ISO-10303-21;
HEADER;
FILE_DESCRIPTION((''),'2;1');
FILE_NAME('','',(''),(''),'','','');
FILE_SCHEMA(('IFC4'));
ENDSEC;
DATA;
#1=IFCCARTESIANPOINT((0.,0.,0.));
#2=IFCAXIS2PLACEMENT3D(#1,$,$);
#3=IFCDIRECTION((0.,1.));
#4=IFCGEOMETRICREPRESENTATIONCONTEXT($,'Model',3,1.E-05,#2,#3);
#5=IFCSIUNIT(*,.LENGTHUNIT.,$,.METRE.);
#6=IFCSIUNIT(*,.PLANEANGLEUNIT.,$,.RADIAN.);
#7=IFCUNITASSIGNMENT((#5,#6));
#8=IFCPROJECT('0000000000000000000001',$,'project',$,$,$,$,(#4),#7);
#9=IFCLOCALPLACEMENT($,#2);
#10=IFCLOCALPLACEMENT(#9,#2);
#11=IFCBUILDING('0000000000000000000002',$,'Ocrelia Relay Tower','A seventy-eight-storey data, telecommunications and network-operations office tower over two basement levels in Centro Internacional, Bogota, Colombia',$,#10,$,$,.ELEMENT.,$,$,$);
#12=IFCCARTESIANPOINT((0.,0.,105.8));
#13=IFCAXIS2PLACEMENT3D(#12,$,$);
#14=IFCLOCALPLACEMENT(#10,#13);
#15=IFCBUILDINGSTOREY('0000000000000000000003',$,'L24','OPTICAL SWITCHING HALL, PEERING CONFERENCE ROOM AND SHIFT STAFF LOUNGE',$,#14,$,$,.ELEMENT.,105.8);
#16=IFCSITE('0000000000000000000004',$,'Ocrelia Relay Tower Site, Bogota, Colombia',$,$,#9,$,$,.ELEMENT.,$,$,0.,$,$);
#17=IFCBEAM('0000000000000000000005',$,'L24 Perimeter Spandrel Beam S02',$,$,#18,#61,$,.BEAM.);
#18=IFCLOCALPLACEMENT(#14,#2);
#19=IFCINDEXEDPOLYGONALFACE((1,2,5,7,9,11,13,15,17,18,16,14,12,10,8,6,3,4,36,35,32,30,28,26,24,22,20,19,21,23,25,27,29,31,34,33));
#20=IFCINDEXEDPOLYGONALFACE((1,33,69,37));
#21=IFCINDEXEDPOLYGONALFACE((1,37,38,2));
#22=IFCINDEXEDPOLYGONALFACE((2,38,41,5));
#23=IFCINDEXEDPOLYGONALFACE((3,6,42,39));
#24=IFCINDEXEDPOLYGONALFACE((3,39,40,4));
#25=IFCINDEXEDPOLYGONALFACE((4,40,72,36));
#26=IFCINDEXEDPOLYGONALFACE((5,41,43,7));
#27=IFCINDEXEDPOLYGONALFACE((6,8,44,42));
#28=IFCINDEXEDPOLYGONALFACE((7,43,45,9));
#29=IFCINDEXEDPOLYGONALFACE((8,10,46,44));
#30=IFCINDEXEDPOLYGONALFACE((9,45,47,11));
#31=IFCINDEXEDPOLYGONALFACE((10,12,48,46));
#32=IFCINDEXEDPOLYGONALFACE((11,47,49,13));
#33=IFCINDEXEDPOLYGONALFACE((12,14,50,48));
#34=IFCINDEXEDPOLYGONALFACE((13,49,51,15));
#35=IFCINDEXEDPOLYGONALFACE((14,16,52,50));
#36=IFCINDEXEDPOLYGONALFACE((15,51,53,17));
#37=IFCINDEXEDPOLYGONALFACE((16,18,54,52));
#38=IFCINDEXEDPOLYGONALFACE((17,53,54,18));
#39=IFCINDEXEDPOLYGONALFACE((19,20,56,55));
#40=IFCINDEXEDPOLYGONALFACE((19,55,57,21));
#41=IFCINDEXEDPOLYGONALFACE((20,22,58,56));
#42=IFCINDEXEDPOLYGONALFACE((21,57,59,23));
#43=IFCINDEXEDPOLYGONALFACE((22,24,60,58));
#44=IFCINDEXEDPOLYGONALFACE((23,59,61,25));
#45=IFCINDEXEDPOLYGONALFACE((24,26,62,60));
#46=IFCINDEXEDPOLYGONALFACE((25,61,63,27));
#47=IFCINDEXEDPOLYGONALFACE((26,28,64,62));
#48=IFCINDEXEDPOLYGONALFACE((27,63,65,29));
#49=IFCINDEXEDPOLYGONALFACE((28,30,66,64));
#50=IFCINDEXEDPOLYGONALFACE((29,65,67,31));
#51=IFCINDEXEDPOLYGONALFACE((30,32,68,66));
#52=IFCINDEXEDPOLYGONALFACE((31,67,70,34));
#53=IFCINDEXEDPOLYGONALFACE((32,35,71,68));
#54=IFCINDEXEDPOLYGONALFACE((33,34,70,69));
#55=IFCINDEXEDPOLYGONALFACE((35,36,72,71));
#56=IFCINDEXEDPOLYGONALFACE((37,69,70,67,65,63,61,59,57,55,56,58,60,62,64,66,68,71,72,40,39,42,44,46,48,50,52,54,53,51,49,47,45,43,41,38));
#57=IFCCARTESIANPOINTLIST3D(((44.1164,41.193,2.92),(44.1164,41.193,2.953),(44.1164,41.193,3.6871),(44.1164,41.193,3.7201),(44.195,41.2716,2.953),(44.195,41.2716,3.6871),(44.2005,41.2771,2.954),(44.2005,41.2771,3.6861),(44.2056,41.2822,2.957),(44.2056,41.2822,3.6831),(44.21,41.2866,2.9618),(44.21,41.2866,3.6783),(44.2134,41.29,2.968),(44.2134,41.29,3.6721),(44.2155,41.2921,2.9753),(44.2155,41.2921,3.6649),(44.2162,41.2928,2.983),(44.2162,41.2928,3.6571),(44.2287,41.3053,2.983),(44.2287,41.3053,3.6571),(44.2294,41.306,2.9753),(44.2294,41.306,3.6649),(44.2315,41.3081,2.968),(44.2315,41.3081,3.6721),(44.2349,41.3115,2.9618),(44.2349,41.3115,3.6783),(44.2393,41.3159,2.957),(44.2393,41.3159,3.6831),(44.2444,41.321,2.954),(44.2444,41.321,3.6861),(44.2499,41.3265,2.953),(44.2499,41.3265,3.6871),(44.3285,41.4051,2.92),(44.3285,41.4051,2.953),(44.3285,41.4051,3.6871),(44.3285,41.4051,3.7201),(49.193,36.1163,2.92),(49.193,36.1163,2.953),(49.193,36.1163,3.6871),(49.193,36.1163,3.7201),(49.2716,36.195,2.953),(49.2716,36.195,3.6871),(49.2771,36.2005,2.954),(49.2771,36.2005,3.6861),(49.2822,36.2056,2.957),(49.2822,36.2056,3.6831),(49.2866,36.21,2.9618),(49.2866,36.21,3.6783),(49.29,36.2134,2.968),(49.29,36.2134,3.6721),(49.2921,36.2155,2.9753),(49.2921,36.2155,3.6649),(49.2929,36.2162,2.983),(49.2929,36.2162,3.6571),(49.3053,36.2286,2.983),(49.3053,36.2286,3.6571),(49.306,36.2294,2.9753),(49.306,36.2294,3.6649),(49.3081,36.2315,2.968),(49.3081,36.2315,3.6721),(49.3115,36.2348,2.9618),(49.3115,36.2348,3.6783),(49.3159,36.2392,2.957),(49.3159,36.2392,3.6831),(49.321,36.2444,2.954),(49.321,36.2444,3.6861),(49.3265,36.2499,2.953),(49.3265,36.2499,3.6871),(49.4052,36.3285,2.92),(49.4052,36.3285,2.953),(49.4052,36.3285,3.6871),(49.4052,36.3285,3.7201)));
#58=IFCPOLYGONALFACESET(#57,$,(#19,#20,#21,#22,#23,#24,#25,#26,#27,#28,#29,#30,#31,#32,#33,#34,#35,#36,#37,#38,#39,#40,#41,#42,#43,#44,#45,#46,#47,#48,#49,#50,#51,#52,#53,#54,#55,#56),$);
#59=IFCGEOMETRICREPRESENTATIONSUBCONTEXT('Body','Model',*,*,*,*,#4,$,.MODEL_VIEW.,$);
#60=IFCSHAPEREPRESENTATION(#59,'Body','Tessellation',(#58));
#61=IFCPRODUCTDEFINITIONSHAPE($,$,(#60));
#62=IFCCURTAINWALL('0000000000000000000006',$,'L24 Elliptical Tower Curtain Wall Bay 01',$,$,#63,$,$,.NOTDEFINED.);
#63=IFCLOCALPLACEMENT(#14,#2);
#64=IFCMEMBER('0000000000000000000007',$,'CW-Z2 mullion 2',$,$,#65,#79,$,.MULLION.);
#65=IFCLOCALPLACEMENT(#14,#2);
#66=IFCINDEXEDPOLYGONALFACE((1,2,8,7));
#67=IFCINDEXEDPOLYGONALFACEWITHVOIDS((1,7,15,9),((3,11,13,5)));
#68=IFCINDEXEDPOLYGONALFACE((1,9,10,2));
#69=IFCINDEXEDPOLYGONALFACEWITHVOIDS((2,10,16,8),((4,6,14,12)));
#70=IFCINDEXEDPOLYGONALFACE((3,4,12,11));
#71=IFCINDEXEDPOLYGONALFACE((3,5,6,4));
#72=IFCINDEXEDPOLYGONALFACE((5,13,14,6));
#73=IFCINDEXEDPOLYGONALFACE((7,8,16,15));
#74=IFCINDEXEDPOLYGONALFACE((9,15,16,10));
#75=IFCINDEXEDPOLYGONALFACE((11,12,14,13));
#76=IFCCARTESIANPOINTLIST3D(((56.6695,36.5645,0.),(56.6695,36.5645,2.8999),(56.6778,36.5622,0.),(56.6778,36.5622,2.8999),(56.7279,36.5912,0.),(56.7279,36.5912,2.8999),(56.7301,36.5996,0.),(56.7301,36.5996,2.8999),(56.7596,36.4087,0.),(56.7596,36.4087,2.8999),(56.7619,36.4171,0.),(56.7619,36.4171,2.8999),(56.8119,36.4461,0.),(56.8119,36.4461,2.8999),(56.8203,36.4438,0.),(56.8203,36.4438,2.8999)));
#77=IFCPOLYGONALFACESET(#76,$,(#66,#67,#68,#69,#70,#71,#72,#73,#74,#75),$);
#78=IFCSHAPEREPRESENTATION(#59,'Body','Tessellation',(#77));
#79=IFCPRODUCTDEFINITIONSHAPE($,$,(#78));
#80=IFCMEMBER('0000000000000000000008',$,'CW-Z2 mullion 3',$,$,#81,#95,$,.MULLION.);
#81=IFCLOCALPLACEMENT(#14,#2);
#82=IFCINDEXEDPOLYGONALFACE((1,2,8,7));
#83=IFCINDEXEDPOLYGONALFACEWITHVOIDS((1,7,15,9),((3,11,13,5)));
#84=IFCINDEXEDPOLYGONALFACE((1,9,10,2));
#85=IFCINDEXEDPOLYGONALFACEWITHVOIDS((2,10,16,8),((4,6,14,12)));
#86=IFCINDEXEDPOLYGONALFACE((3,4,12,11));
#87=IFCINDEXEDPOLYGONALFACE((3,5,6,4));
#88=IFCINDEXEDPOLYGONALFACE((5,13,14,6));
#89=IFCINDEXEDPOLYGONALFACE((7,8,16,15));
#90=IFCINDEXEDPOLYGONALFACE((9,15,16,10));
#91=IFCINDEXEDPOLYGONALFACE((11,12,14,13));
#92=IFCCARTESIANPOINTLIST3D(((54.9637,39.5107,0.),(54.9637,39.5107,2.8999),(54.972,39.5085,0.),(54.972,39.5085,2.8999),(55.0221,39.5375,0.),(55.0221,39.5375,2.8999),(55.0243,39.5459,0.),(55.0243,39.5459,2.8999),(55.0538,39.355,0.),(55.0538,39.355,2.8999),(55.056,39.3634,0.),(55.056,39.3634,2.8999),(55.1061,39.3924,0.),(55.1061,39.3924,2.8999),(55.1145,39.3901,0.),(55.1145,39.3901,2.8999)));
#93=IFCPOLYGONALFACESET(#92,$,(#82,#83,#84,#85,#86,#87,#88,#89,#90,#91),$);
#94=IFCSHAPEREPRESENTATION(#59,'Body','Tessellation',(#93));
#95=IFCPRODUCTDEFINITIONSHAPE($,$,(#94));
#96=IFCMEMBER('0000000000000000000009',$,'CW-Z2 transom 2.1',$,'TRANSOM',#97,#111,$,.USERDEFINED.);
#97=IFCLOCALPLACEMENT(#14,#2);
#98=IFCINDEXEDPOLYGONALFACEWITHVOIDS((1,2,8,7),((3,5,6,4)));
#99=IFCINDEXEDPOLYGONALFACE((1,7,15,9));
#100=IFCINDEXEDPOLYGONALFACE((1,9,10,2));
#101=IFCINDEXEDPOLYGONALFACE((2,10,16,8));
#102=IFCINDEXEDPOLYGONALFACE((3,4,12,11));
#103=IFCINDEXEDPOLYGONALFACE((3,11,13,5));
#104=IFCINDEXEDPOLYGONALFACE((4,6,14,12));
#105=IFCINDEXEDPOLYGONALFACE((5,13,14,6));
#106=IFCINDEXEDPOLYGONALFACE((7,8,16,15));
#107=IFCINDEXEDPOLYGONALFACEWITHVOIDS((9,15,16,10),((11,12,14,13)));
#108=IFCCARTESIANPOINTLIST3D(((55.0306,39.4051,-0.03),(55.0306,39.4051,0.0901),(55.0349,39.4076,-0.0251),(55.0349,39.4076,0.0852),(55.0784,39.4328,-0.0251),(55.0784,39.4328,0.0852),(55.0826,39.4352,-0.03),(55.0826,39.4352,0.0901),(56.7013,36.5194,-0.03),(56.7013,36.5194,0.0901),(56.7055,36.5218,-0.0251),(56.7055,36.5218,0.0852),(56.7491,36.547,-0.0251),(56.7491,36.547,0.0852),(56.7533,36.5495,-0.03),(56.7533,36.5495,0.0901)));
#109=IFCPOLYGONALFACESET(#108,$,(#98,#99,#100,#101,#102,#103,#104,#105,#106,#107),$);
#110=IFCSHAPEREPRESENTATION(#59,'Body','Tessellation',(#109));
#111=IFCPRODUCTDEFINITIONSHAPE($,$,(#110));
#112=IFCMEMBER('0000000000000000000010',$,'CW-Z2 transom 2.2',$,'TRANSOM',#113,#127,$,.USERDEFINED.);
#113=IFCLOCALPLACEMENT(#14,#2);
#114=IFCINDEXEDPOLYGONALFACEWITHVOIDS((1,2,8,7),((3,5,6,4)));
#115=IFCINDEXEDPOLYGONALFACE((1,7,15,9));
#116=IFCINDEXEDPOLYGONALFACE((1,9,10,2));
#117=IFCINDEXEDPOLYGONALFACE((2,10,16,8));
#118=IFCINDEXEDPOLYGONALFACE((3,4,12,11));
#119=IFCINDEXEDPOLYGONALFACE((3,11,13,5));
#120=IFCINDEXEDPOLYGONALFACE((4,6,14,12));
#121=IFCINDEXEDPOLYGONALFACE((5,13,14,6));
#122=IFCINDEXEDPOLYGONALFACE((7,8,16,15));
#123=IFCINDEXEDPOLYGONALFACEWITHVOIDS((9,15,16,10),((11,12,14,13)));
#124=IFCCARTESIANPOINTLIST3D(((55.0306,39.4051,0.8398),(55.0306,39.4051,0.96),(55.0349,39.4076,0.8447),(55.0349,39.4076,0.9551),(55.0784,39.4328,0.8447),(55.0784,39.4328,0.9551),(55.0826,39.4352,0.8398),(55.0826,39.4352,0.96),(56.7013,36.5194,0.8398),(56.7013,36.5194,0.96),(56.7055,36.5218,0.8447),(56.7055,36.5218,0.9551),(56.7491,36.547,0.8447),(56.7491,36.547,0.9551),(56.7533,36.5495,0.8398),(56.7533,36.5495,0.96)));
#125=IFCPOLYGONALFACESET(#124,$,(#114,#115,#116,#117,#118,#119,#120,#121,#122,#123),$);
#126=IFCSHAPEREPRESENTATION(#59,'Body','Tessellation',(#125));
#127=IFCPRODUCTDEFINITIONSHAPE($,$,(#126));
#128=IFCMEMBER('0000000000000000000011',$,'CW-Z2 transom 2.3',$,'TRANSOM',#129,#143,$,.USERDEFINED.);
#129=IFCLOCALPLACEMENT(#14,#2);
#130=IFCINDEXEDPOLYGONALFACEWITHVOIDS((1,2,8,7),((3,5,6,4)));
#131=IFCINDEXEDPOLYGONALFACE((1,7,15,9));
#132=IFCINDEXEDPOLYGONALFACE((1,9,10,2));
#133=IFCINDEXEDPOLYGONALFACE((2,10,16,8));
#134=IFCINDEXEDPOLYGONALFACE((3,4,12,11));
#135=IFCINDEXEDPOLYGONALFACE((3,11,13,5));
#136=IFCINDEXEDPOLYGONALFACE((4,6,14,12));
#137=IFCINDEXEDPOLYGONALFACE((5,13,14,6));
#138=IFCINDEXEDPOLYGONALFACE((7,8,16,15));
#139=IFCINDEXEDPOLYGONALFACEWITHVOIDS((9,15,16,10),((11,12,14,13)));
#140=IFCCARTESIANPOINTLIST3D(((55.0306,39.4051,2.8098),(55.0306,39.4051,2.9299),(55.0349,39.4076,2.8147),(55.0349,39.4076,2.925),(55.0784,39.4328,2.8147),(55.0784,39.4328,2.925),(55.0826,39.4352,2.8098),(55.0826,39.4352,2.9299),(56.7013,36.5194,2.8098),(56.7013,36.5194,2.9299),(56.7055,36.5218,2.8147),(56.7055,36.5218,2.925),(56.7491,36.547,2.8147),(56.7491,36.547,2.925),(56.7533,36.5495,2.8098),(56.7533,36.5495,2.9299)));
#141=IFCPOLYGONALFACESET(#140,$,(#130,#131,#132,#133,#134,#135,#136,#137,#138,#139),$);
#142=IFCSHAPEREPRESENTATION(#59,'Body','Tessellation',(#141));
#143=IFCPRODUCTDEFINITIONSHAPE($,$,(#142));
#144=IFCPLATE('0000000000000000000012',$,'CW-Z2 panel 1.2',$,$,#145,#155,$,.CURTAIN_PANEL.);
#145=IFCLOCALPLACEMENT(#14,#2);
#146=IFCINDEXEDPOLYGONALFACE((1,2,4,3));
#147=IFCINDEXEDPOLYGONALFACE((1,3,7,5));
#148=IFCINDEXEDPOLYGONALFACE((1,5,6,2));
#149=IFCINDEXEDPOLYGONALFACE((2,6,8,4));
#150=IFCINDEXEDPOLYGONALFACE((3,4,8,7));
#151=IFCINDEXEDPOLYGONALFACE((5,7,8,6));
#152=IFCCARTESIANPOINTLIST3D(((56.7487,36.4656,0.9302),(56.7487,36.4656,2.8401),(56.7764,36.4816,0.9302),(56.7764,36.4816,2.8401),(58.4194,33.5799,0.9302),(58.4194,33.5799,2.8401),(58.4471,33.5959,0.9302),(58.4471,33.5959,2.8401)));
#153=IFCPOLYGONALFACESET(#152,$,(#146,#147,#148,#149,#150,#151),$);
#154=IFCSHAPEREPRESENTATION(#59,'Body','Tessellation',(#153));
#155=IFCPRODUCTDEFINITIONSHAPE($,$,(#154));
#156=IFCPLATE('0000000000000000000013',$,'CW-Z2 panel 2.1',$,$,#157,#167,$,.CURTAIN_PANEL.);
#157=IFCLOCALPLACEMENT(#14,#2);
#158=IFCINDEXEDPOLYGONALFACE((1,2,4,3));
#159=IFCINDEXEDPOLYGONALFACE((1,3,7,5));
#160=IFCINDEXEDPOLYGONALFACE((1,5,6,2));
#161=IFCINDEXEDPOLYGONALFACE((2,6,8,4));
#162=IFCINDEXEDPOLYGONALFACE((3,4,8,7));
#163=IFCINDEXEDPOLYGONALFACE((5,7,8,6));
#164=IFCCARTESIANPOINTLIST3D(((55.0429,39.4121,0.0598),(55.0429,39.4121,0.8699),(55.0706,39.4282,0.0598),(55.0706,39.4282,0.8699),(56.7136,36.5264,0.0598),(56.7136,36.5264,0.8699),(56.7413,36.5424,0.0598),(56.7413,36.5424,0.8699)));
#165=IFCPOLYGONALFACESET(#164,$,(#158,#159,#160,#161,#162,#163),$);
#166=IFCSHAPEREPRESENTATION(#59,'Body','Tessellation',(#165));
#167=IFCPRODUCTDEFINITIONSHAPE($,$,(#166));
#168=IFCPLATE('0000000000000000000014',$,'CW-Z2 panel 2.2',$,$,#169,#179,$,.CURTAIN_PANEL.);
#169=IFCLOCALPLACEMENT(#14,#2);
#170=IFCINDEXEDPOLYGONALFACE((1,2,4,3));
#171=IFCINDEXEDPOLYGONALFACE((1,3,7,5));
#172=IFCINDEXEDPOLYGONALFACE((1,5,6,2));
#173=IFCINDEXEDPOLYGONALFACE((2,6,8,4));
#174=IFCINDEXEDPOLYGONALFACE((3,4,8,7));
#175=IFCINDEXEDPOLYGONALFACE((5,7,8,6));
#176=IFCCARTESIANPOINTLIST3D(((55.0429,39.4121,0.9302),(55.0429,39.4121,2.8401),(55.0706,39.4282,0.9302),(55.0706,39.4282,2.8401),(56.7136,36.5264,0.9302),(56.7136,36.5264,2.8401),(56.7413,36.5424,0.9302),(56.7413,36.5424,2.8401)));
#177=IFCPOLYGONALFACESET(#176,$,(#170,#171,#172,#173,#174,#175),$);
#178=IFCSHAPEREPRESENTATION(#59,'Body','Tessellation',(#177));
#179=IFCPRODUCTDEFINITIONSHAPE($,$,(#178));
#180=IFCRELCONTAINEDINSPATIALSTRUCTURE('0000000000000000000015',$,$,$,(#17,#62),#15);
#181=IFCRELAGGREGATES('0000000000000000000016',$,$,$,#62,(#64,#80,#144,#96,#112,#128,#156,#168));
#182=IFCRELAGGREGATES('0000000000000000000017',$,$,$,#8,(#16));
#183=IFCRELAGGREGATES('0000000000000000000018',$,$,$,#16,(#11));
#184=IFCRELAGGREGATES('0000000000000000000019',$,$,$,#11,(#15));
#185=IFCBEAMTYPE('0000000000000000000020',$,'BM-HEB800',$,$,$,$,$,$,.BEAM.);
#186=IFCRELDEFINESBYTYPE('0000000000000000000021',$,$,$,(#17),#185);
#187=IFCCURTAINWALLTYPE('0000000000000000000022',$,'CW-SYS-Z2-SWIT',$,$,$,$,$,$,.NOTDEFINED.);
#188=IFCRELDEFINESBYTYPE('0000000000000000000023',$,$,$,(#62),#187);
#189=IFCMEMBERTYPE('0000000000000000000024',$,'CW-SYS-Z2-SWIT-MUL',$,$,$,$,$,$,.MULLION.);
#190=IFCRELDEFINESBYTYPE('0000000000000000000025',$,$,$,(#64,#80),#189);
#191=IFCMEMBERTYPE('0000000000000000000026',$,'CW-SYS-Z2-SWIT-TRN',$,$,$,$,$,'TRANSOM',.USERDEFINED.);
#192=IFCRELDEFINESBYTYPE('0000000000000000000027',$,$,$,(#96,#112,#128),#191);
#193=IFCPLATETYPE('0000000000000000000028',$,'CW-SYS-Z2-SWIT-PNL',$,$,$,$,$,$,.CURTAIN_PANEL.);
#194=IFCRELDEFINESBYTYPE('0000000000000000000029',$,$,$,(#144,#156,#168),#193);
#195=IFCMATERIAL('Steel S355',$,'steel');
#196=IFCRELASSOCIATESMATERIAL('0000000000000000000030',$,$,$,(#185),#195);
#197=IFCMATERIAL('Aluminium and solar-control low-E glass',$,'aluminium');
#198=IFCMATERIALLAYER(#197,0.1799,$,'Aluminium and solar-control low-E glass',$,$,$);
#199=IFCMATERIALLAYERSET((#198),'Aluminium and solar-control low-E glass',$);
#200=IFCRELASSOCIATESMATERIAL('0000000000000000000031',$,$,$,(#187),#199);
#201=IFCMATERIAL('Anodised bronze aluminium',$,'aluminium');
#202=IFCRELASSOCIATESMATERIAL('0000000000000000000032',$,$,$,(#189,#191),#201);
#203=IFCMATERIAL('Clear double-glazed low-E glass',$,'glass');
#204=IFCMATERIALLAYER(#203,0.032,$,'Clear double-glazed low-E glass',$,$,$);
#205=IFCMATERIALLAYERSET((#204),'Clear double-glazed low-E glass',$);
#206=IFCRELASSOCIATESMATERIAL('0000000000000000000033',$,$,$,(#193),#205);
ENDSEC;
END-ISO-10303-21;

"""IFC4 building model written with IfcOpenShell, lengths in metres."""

from ifc_helpers import new_model, si_unit, direction, frame, origin, origin_2d, place, context, subcontext, project, spatial, rectangle, hollow_rectangle, i_section, extrude, material, layer, layer_set, material_profile, profile_set, type_object, element, aggregate, save


model = new_model("IFC4")

# Units and contexts
model_context = context("Model", 3, precision=1e-05, world=origin(), true_north=direction((0.0, 1.0)))
body_context = subcontext(model_context, "Body", "Model", "MODEL_VIEW")
ifc_project = project(units=[si_unit("LENGTHUNIT", "METRE"), si_unit("PLANEANGLEUNIT", "RADIAN")], contexts=[model_context])

# Site, building, storey
site_placement = place(None, origin())
site = spatial("IfcSite", under=ifc_project, at=site_placement, Name="Ocrelia Relay Tower Site, Bogota, Colombia", CompositionType="ELEMENT", RefElevation=0.0)
building_placement = place(site_placement, origin())
building = spatial("IfcBuilding", under=site, at=building_placement, Name="Ocrelia Relay Tower", Description="A seventy-eight-storey data, telecommunications and network-operations office tower over two basement levels in Centro Internacional, Bogota, Colombia", CompositionType="ELEMENT")
storey_placement = place(building_placement, frame((0.0, 0.0, 105.8)))
storey = spatial("IfcBuildingStorey", under=building, at=storey_placement, Name="L24", Description="OPTICAL SWITCHING HALL, PEERING CONFERENCE ROOM AND SHIFT STAFF LOUNGE", CompositionType="ELEMENT", Elevation=105.8)

# Beam
ifc_material_1 = material(Name="Steel S355", Category="steel")
ifc_material_profile_1 = material_profile(ifc_material_1, i_section(OverallWidth=0.3, OverallDepth=0.8, WebThickness=0.0176, FlangeThickness=0.033, FilletRadius=0.03, at=origin_2d()), Name="HEB 800")
ifc_profile_set_1 = profile_set([ifc_material_profile_1], Name="Steel S355")
beam_type_1 = type_object("IfcBeamType", Name="BM-HEB800", PredefinedType="BEAM", material=ifc_profile_set_1)
beam_1_placement = place(storey_placement, frame((49.2991, 36.2224, 3.3201), z_axis=(-0.707107, 0.707107, 0.0), x_axis=(-0.707107, -0.707107, 0.0)))
element("IfcBeam", 1, at=beam_1_placement, inside=storey, type_object=beam_type_1, Name="L24 Perimeter Spandrel Beam S02", PredefinedType="BEAM", context=body_context, shape_type="SweptSolid", body=[
    extrude(i_section(OverallWidth=0.3, OverallDepth=0.8, WebThickness=0.0176, FlangeThickness=0.033, FilletRadius=0.03, at=origin_2d()), origin(), (0.0, 0.0, 1.0), 7.1794),
])

# Curtain wall, members, plates
ifc_material_2 = material(Name="Aluminium and solar-control low-E glass", Category="aluminium")
ifc_layer_1 = layer(ifc_material_2, 0.1799, Name="Aluminium and solar-control low-E glass")
ifc_layer_set_1 = layer_set([ifc_layer_1], Name="Aluminium and solar-control low-E glass")
curtain_wall_type = type_object("IfcCurtainWallType", Name="CW-SYS-Z2-SWIT", PredefinedType="NOTDEFINED", material=ifc_layer_set_1)
curtain_wall_placement = place(storey_placement, origin())
curtain_wall = element("IfcCurtainWall", 2, at=curtain_wall_placement, inside=storey, type_object=curtain_wall_type, Name="L24 Elliptical Tower Curtain Wall Bay 01", PredefinedType="NOTDEFINED")
ifc_material_3 = material(Name="Anodised bronze aluminium", Category="aluminium")
ifc_material_profile_2 = material_profile(ifc_material_3, hollow_rectangle(XDim=0.0701, YDim=0.1799, WallThickness=0.0061, at=origin_2d()), Name="CW-MUL-180x70")
ifc_profile_set_2 = profile_set([ifc_material_profile_2], Name="Anodised bronze aluminium")
member_type_1 = type_object("IfcMemberType", Name="CW-SYS-Z2-SWIT-MUL", PredefinedType="MULLION", material=ifc_profile_set_2)
member_1_placement = place(storey_placement, frame((56.7449, 36.5042, 0.0), z_axis=(0.0, 0.0, 1.0), x_axis=(-0.865423, -0.501042, 0.0)))
member_1 = element("IfcMember", 3, at=member_1_placement, type_object=member_type_1, Name="CW-Z2 mullion 2", PredefinedType="MULLION", context=body_context, shape_type="SweptSolid", body=[
    extrude(hollow_rectangle(XDim=0.0701, YDim=0.1799, WallThickness=0.0061, at=origin_2d()), origin(), (0.0, 0.0, 1.0), 2.8999),
])
member_2_placement = place(storey_placement, frame((55.0391, 39.4504, 0.0), z_axis=(0.0, 0.0, 1.0), x_axis=(-0.865423, -0.501042, 0.0)))
member_2 = element("IfcMember", 4, at=member_2_placement, type_object=member_type_1, Name="CW-Z2 mullion 3", PredefinedType="MULLION", context=body_context, shape_type="SweptSolid", body=[
    extrude(hollow_rectangle(XDim=0.0701, YDim=0.1799, WallThickness=0.0061, at=origin_2d()), origin(), (0.0, 0.0, 1.0), 2.8999),
])
ifc_material_profile_3 = material_profile(ifc_material_3, hollow_rectangle(XDim=0.0601, YDim=0.1201, WallThickness=0.0049, at=origin_2d()), Name="CW-TRN-120x60")
ifc_profile_set_3 = profile_set([ifc_material_profile_3], Name="Anodised bronze aluminium")
member_type_2 = type_object("IfcMemberType", Name="CW-SYS-Z2-SWIT-TRN", ElementType="TRANSOM", PredefinedType="USERDEFINED", material=ifc_profile_set_3)
member_3_placement = place(storey_placement, frame((56.7273, 36.5344, 0.03), z_axis=(-0.501028, 0.865431, 0.0), x_axis=(-0.865431, -0.501028, 0.0)))
member_3 = element("IfcMember", 5, at=member_3_placement, type_object=member_type_2, Name="CW-Z2 transom 2.1", ObjectType="TRANSOM", PredefinedType="USERDEFINED", context=body_context, shape_type="SweptSolid", body=[
    extrude(hollow_rectangle(XDim=0.0601, YDim=0.1201, WallThickness=0.0049, at=origin_2d()), origin(), (0.0, 0.0, 1.0), 3.3345),
])
member_4_placement = place(storey_placement, frame((56.7273, 36.5344, 0.8999), z_axis=(-0.501028, 0.865431, 0.0), x_axis=(-0.865431, -0.501028, 0.0)))
member_4 = element("IfcMember", 6, at=member_4_placement, type_object=member_type_2, Name="CW-Z2 transom 2.2", ObjectType="TRANSOM", PredefinedType="USERDEFINED", context=body_context, shape_type="SweptSolid", body=[
    extrude(hollow_rectangle(XDim=0.0601, YDim=0.1201, WallThickness=0.0049, at=origin_2d()), origin(), (0.0, 0.0, 1.0), 3.3345),
])
member_5_placement = place(storey_placement, frame((56.7273, 36.5344, 2.8699), z_axis=(-0.501028, 0.865431, 0.0), x_axis=(-0.865431, -0.501028, 0.0)))
member_5 = element("IfcMember", 7, at=member_5_placement, type_object=member_type_2, Name="CW-Z2 transom 2.3", ObjectType="TRANSOM", PredefinedType="USERDEFINED", context=body_context, shape_type="SweptSolid", body=[
    extrude(hollow_rectangle(XDim=0.0601, YDim=0.1201, WallThickness=0.0049, at=origin_2d()), origin(), (0.0, 0.0, 1.0), 3.3345),
])
ifc_material_4 = material(Name="Clear double-glazed low-E glass", Category="glass")
ifc_layer_2 = layer(ifc_material_4, 0.032, Name="Clear double-glazed low-E glass")
ifc_layer_set_2 = layer_set([ifc_layer_2], Name="Clear double-glazed low-E glass")
plate_type = type_object("IfcPlateType", Name="CW-SYS-Z2-SWIT-PNL", PredefinedType="CURTAIN_PANEL", material=ifc_layer_set_2)
plate_1_placement = place(storey_placement, frame((57.5979, 35.0308, 0.9302), z_axis=(0.0, 0.0, 1.0), x_axis=(-0.501042, 0.865423, 0.0)))
plate_1 = element("IfcPlate", 8, at=plate_1_placement, type_object=plate_type, Name="CW-Z2 panel 1.2", PredefinedType="CURTAIN_PANEL", context=body_context, shape_type="SweptSolid", body=[
    extrude(rectangle(XDim=3.3345, YDim=0.032, at=origin_2d()), origin(), (0.0, 0.0, 1.0), 1.9099),
])
plate_2_placement = place(storey_placement, frame((55.8921, 37.9773, 0.0598), z_axis=(0.0, 0.0, 1.0), x_axis=(-0.501042, 0.865423, 0.0)))
plate_2 = element("IfcPlate", 9, at=plate_2_placement, type_object=plate_type, Name="CW-Z2 panel 2.1", PredefinedType="CURTAIN_PANEL", context=body_context, shape_type="SweptSolid", body=[
    extrude(rectangle(XDim=3.3345, YDim=0.032, at=origin_2d()), origin(), (0.0, 0.0, 1.0), 0.8101),
])
plate_3_placement = place(storey_placement, frame((55.8921, 37.9773, 0.9302), z_axis=(0.0, 0.0, 1.0), x_axis=(-0.501042, 0.865423, 0.0)))
plate_3 = element("IfcPlate", 10, at=plate_3_placement, type_object=plate_type, Name="CW-Z2 panel 2.2", PredefinedType="CURTAIN_PANEL", context=body_context, shape_type="SweptSolid", body=[
    extrude(rectangle(XDim=3.3345, YDim=0.032, at=origin_2d()), origin(), (0.0, 0.0, 1.0), 1.9099),
])
aggregate(curtain_wall, [member_1, member_2, plate_1, member_3, member_4, member_5, plate_2, plate_3])

save(model, "model.ifc")
